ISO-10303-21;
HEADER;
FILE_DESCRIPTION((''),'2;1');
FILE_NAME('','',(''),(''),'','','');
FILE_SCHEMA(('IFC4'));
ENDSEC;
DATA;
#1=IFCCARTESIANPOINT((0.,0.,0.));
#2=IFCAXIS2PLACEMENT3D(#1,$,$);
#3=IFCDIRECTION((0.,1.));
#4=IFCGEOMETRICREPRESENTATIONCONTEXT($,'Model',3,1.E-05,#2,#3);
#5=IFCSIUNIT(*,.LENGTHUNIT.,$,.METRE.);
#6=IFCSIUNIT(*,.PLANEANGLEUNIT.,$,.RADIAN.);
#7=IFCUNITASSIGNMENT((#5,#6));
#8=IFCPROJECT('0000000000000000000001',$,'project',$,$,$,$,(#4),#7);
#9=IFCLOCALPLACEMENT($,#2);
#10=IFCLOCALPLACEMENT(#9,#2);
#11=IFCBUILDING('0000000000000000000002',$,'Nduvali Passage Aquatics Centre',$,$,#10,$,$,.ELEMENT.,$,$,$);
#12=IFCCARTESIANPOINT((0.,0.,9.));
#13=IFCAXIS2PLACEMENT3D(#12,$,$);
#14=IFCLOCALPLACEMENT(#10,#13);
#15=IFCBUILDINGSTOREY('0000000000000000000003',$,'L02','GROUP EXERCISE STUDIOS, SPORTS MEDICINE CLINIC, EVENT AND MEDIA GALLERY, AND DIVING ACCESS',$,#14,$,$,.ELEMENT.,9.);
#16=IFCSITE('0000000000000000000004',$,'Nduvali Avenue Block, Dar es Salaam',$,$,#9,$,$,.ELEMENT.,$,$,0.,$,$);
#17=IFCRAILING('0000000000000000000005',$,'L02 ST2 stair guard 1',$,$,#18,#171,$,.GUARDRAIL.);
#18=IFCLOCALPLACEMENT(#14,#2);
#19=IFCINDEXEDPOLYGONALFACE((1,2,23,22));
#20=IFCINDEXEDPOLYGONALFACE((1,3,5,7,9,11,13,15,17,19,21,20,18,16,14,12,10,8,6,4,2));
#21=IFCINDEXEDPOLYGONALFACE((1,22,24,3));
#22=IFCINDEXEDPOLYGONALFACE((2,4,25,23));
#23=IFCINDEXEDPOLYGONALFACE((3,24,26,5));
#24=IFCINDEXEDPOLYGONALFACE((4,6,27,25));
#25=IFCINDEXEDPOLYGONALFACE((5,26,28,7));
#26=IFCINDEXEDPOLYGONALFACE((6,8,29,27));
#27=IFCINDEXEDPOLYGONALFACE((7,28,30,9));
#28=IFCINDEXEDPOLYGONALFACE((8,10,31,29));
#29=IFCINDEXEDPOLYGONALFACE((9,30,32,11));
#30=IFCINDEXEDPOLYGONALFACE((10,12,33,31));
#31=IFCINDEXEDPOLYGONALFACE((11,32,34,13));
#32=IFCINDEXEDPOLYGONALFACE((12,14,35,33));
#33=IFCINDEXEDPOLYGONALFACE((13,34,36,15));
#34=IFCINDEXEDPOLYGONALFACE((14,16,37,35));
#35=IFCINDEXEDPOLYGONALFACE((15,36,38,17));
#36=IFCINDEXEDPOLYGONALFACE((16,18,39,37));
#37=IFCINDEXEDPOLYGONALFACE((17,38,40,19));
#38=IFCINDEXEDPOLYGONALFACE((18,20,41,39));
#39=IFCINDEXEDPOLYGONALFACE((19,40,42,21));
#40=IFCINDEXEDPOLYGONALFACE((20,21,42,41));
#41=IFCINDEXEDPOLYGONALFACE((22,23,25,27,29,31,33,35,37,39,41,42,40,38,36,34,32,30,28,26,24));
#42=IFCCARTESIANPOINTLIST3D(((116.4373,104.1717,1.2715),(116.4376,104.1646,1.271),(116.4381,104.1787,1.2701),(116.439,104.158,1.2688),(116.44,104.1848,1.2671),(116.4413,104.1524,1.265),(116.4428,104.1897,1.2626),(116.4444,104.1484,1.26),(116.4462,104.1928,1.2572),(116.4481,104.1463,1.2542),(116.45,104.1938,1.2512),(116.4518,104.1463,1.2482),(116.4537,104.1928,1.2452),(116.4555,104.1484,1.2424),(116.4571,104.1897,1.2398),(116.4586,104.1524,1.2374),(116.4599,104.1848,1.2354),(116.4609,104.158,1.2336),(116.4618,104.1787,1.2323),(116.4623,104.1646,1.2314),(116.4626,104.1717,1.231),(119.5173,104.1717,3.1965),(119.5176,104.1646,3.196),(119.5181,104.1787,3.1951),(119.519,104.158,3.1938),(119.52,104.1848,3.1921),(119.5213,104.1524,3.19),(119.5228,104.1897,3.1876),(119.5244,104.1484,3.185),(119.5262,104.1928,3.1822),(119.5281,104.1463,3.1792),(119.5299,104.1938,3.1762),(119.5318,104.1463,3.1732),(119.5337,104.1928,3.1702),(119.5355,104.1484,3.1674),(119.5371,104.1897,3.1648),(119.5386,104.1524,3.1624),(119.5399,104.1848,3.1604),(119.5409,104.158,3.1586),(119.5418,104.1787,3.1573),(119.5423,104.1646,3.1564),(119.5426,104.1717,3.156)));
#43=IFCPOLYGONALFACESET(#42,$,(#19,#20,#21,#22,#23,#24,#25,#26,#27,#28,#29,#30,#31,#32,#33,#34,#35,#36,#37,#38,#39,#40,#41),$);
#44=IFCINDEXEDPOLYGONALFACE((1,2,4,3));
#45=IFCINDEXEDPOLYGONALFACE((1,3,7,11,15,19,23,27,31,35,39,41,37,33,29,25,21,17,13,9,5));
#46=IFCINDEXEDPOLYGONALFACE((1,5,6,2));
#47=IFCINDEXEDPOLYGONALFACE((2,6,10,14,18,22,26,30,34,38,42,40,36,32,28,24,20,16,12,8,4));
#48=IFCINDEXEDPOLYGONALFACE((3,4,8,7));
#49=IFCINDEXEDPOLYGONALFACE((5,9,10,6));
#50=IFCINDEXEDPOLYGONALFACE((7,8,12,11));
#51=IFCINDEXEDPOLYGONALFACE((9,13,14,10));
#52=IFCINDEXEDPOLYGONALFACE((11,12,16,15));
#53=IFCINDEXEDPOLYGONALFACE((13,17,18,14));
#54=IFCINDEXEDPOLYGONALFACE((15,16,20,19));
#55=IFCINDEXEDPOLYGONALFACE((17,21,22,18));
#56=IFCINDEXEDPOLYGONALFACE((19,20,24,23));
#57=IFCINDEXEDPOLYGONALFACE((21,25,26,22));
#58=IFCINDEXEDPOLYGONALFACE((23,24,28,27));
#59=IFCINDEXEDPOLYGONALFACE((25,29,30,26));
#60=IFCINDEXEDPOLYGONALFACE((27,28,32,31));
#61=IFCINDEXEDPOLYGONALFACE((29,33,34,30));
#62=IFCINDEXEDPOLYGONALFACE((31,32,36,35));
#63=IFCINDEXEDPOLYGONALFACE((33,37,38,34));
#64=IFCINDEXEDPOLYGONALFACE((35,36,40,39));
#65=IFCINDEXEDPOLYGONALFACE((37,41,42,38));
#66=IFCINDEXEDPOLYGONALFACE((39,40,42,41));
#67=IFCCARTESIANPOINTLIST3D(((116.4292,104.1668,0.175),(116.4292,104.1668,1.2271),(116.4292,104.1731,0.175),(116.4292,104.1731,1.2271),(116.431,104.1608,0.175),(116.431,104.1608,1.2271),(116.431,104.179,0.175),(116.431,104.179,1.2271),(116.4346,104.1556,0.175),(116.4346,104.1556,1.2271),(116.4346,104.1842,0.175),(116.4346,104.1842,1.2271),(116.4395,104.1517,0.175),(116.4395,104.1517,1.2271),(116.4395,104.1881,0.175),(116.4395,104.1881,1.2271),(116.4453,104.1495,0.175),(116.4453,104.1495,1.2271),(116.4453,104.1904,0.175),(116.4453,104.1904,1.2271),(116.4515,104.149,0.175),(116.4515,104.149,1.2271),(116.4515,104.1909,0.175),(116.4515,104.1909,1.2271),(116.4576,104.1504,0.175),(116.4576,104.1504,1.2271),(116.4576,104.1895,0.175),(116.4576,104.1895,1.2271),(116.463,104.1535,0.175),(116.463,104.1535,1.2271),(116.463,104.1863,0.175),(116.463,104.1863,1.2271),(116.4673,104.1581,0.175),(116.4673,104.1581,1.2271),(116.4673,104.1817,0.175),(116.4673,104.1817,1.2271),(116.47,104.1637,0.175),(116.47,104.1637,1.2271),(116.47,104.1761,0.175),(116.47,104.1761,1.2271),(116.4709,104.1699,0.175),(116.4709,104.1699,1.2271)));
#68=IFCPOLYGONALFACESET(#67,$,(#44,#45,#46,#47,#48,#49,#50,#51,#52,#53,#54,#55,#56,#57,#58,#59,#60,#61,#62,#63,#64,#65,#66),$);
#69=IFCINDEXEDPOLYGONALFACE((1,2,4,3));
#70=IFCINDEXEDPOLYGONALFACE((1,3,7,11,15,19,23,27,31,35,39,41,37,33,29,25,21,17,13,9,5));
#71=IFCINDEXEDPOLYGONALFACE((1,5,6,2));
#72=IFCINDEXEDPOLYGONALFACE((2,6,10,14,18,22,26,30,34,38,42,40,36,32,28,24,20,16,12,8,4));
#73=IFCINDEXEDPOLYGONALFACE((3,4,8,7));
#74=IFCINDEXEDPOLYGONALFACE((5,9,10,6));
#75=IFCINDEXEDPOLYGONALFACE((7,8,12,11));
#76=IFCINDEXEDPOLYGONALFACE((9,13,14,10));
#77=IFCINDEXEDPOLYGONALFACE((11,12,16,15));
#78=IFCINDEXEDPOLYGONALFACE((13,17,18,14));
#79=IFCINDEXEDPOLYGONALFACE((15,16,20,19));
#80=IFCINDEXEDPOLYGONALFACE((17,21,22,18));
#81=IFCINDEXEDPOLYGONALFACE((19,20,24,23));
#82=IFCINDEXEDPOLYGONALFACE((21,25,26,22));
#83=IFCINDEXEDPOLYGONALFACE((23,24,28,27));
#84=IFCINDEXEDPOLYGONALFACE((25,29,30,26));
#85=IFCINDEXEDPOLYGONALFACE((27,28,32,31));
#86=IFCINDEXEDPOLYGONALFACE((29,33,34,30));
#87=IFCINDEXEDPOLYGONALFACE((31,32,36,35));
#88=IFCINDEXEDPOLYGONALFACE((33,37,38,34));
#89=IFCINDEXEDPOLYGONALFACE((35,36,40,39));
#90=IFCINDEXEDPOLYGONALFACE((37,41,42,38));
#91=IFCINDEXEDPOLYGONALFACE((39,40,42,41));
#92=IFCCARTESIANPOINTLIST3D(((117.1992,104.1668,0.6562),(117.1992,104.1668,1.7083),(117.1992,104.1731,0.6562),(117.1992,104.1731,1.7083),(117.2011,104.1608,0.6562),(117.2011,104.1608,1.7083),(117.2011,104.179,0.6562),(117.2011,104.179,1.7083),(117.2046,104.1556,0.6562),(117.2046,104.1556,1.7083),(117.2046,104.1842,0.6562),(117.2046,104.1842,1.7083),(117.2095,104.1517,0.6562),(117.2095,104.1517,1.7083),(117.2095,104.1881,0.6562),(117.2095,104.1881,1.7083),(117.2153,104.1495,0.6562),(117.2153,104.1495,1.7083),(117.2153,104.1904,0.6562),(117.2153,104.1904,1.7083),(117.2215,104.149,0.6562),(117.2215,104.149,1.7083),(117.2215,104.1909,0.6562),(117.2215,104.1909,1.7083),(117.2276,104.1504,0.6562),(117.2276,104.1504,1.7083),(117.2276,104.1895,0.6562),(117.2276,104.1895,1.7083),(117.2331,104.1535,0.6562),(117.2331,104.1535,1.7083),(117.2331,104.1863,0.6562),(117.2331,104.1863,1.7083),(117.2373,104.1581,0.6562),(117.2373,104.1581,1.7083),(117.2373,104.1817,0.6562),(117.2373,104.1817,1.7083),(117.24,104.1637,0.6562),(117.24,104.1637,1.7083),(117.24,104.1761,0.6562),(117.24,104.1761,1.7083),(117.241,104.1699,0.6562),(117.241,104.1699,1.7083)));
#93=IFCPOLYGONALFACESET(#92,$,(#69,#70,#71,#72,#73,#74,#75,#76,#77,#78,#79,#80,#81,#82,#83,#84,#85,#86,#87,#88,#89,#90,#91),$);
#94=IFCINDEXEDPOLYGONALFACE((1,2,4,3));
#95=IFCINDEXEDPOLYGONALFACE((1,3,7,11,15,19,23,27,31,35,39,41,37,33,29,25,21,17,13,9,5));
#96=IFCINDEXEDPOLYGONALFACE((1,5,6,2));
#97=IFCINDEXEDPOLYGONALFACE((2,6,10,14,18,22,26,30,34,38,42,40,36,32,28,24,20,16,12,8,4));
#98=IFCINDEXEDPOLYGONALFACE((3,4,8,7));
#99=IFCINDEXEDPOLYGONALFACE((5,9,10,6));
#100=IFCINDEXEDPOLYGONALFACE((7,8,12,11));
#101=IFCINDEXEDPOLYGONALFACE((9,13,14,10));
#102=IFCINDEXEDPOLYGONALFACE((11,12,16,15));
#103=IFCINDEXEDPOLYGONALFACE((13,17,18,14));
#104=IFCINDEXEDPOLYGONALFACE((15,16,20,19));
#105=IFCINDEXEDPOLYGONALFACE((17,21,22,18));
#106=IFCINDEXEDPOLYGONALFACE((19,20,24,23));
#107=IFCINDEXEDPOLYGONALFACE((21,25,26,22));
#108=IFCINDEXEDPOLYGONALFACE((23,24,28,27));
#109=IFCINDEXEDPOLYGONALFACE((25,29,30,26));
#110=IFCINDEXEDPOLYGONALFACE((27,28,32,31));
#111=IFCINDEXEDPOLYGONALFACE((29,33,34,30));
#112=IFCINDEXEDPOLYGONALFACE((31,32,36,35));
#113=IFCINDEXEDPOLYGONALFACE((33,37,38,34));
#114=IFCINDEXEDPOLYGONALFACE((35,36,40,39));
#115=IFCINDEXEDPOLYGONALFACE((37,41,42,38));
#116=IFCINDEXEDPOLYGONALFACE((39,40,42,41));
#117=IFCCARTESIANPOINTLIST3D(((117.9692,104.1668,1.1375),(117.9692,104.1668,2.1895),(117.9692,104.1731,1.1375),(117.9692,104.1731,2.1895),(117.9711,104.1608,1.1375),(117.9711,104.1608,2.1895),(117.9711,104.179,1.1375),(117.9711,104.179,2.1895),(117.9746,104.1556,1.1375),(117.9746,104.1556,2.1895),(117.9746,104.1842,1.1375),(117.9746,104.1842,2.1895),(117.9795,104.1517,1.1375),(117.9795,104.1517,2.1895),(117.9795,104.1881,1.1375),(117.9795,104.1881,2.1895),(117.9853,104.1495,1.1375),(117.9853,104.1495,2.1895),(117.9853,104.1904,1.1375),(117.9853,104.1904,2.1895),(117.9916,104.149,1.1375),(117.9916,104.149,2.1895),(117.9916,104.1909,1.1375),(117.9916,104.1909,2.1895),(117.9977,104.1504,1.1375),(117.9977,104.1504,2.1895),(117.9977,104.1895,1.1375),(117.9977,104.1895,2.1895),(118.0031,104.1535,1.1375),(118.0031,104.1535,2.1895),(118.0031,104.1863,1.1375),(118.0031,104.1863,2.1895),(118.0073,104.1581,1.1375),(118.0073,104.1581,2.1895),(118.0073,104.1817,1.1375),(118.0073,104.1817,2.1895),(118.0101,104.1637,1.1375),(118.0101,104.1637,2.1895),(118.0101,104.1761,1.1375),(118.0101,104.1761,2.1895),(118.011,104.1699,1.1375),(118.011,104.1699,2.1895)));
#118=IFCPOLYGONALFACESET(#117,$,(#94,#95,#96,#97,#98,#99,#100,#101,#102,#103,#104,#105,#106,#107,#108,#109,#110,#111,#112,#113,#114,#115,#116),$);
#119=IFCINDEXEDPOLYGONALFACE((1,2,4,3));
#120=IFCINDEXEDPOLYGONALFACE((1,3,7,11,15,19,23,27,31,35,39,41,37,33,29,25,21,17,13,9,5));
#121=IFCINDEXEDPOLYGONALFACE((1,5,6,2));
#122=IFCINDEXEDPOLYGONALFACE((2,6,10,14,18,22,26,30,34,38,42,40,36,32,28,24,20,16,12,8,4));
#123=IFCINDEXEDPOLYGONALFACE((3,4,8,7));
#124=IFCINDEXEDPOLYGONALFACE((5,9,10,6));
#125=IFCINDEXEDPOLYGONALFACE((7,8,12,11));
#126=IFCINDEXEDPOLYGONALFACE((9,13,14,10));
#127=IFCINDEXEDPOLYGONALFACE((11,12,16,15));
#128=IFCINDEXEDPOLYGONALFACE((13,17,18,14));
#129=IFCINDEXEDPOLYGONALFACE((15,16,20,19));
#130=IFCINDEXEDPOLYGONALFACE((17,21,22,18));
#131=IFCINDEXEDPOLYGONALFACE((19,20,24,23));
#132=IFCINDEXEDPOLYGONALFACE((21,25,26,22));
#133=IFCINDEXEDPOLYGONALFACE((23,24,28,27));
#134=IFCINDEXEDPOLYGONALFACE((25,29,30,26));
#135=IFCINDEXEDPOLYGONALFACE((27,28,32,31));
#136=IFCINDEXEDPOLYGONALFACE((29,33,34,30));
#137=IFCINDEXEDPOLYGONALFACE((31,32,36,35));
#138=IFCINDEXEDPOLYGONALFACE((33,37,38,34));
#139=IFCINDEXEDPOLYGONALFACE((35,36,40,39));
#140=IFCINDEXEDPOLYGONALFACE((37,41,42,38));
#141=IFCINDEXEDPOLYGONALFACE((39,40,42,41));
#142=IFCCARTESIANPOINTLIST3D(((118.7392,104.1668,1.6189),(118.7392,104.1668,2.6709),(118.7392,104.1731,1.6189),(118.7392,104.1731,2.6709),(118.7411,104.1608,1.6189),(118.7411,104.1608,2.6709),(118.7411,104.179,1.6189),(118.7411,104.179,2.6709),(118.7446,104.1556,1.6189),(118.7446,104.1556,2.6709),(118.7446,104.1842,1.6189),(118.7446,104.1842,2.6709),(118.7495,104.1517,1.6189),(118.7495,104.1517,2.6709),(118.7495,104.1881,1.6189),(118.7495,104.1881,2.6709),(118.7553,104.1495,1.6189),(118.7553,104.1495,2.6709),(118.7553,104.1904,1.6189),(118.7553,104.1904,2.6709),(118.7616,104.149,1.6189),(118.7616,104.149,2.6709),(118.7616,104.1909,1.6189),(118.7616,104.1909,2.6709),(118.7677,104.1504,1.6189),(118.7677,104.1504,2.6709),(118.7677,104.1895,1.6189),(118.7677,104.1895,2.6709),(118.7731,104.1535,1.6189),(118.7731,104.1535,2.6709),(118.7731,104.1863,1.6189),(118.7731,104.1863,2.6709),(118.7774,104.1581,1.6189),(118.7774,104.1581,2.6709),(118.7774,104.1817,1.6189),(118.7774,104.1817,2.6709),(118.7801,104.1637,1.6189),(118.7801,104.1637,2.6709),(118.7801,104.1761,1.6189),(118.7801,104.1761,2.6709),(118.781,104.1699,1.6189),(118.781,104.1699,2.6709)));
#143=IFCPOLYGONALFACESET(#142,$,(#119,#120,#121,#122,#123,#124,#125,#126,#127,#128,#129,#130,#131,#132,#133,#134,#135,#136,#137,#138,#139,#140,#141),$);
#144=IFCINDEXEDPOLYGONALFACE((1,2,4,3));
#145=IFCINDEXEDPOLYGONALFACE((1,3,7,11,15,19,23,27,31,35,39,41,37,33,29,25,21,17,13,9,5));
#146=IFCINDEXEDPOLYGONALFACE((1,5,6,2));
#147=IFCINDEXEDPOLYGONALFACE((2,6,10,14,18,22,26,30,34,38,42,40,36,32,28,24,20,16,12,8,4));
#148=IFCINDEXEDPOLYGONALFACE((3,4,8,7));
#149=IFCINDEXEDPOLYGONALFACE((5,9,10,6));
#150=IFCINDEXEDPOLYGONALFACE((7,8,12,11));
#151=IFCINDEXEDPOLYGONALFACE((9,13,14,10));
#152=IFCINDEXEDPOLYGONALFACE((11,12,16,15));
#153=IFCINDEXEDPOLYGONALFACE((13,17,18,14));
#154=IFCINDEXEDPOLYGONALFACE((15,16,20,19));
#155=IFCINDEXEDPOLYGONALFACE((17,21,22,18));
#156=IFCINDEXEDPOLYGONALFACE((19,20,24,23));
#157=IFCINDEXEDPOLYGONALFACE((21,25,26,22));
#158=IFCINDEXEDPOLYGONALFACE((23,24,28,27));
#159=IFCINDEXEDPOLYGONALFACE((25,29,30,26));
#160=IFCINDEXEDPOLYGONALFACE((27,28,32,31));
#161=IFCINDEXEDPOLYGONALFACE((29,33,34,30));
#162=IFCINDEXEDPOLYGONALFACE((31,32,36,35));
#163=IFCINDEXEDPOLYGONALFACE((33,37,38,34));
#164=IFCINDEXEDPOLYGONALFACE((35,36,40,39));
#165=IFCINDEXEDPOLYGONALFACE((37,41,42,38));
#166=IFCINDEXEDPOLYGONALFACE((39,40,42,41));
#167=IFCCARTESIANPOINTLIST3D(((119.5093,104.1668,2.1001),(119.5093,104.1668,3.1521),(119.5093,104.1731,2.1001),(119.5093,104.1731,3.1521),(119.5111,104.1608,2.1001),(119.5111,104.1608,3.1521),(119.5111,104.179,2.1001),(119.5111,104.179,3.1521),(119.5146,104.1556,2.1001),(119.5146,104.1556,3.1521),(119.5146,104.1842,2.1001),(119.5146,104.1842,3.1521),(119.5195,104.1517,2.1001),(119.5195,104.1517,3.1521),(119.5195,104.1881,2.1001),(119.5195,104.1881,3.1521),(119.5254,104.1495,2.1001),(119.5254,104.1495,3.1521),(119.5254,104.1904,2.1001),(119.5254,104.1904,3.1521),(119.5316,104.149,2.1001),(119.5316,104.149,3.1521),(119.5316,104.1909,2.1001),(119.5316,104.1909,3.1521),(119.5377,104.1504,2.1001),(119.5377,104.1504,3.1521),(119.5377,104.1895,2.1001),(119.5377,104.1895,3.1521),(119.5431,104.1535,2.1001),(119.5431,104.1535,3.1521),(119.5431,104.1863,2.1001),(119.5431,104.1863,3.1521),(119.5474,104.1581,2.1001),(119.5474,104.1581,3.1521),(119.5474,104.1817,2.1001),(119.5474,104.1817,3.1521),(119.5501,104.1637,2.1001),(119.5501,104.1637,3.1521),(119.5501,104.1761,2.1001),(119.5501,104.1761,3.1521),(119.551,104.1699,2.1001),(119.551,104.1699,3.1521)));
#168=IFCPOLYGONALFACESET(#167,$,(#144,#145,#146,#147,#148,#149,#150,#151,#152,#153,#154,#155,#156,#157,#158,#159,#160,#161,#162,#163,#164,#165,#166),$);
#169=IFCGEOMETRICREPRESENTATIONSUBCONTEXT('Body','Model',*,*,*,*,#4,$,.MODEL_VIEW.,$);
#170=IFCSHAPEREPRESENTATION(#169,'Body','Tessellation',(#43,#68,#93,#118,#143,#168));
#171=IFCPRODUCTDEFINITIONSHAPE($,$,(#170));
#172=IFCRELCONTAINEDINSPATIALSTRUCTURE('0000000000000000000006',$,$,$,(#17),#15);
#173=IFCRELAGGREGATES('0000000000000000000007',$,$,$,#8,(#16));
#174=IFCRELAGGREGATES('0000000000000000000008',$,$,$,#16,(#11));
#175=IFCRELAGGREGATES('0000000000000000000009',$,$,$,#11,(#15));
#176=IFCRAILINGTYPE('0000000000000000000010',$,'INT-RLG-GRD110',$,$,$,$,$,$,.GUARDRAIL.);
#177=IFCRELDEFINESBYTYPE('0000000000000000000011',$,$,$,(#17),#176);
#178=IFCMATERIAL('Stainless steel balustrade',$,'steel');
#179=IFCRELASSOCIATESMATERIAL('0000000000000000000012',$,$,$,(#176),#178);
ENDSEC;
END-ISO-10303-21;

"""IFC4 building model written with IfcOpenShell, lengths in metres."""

from ifc_helpers import new_model, si_unit, direction, frame, origin, origin_2d, place, context, subcontext, project, spatial, circle, extrude, material, type_object, element, save


model = new_model("IFC4")

# Units and contexts
model_context = context("Model", 3, precision=1e-05, world=origin(), true_north=direction((0.0, 1.0)))
body_context = subcontext(model_context, "Body", "Model", "MODEL_VIEW")
ifc_project = project(units=[si_unit("LENGTHUNIT", "METRE"), si_unit("PLANEANGLEUNIT", "RADIAN")], contexts=[model_context])

# Site, building, storey
site_placement = place(None, origin())
site = spatial("IfcSite", under=ifc_project, at=site_placement, Name="Nduvali Avenue Block, Dar es Salaam", CompositionType="ELEMENT", RefElevation=0.0)
building_placement = place(site_placement, origin())
building = spatial("IfcBuilding", under=site, at=building_placement, Name="Nduvali Passage Aquatics Centre", CompositionType="ELEMENT")
storey_placement = place(building_placement, frame((0.0, 0.0, 9.0)))
storey = spatial("IfcBuildingStorey", under=building, at=storey_placement, Name="L02", Description="GROUP EXERCISE STUDIOS, SPORTS MEDICINE CLINIC, EVENT AND MEDIA GALLERY, AND DIVING ACCESS", CompositionType="ELEMENT", Elevation=9.0)

# Railing
ifc_material_1 = material(Name="Stainless steel balustrade", Category="steel")
railing_type_1 = type_object("IfcRailingType", Name="INT-RLG-GRD110", PredefinedType="GUARDRAIL", material=ifc_material_1)
railing_1_placement = place(storey_placement, frame((116.45, 104.1699, 0.175)))
element("IfcRailing", 1, at=railing_1_placement, inside=storey, type_object=railing_type_1, Name="L02 ST2 stair guard 1", PredefinedType="GUARDRAIL", context=body_context, shape_type="SweptSolid", body=[
    extrude(circle(Radius=0.0239, at=origin_2d()), frame((0.0, 0.0, 1.0762), z_axis=(0.847998, 0.0, 0.529999), x_axis=(0.0, 1.0, 0.0)), (0.0, 0.0, 1.0), 3.6321),
    extrude(circle(Radius=0.021, at=origin_2d()), origin(), (0.0, 0.0, 1.0), 1.052),
    extrude(circle(Radius=0.021, at=origin_2d()), frame((0.77, 0.0, 0.4812)), (0.0, 0.0, 1.0), 1.052),
    extrude(circle(Radius=0.021, at=origin_2d()), frame((1.54, 0.0, 0.9624)), (0.0, 0.0, 1.0), 1.052),
    extrude(circle(Radius=0.021, at=origin_2d()), frame((2.3101, 0.0, 1.4438)), (0.0, 0.0, 1.0), 1.052),
    extrude(circle(Radius=0.021, at=origin_2d()), frame((3.0801, 0.0, 1.925)), (0.0, 0.0, 1.0), 1.052),
])

save(model, "model.ifc")
